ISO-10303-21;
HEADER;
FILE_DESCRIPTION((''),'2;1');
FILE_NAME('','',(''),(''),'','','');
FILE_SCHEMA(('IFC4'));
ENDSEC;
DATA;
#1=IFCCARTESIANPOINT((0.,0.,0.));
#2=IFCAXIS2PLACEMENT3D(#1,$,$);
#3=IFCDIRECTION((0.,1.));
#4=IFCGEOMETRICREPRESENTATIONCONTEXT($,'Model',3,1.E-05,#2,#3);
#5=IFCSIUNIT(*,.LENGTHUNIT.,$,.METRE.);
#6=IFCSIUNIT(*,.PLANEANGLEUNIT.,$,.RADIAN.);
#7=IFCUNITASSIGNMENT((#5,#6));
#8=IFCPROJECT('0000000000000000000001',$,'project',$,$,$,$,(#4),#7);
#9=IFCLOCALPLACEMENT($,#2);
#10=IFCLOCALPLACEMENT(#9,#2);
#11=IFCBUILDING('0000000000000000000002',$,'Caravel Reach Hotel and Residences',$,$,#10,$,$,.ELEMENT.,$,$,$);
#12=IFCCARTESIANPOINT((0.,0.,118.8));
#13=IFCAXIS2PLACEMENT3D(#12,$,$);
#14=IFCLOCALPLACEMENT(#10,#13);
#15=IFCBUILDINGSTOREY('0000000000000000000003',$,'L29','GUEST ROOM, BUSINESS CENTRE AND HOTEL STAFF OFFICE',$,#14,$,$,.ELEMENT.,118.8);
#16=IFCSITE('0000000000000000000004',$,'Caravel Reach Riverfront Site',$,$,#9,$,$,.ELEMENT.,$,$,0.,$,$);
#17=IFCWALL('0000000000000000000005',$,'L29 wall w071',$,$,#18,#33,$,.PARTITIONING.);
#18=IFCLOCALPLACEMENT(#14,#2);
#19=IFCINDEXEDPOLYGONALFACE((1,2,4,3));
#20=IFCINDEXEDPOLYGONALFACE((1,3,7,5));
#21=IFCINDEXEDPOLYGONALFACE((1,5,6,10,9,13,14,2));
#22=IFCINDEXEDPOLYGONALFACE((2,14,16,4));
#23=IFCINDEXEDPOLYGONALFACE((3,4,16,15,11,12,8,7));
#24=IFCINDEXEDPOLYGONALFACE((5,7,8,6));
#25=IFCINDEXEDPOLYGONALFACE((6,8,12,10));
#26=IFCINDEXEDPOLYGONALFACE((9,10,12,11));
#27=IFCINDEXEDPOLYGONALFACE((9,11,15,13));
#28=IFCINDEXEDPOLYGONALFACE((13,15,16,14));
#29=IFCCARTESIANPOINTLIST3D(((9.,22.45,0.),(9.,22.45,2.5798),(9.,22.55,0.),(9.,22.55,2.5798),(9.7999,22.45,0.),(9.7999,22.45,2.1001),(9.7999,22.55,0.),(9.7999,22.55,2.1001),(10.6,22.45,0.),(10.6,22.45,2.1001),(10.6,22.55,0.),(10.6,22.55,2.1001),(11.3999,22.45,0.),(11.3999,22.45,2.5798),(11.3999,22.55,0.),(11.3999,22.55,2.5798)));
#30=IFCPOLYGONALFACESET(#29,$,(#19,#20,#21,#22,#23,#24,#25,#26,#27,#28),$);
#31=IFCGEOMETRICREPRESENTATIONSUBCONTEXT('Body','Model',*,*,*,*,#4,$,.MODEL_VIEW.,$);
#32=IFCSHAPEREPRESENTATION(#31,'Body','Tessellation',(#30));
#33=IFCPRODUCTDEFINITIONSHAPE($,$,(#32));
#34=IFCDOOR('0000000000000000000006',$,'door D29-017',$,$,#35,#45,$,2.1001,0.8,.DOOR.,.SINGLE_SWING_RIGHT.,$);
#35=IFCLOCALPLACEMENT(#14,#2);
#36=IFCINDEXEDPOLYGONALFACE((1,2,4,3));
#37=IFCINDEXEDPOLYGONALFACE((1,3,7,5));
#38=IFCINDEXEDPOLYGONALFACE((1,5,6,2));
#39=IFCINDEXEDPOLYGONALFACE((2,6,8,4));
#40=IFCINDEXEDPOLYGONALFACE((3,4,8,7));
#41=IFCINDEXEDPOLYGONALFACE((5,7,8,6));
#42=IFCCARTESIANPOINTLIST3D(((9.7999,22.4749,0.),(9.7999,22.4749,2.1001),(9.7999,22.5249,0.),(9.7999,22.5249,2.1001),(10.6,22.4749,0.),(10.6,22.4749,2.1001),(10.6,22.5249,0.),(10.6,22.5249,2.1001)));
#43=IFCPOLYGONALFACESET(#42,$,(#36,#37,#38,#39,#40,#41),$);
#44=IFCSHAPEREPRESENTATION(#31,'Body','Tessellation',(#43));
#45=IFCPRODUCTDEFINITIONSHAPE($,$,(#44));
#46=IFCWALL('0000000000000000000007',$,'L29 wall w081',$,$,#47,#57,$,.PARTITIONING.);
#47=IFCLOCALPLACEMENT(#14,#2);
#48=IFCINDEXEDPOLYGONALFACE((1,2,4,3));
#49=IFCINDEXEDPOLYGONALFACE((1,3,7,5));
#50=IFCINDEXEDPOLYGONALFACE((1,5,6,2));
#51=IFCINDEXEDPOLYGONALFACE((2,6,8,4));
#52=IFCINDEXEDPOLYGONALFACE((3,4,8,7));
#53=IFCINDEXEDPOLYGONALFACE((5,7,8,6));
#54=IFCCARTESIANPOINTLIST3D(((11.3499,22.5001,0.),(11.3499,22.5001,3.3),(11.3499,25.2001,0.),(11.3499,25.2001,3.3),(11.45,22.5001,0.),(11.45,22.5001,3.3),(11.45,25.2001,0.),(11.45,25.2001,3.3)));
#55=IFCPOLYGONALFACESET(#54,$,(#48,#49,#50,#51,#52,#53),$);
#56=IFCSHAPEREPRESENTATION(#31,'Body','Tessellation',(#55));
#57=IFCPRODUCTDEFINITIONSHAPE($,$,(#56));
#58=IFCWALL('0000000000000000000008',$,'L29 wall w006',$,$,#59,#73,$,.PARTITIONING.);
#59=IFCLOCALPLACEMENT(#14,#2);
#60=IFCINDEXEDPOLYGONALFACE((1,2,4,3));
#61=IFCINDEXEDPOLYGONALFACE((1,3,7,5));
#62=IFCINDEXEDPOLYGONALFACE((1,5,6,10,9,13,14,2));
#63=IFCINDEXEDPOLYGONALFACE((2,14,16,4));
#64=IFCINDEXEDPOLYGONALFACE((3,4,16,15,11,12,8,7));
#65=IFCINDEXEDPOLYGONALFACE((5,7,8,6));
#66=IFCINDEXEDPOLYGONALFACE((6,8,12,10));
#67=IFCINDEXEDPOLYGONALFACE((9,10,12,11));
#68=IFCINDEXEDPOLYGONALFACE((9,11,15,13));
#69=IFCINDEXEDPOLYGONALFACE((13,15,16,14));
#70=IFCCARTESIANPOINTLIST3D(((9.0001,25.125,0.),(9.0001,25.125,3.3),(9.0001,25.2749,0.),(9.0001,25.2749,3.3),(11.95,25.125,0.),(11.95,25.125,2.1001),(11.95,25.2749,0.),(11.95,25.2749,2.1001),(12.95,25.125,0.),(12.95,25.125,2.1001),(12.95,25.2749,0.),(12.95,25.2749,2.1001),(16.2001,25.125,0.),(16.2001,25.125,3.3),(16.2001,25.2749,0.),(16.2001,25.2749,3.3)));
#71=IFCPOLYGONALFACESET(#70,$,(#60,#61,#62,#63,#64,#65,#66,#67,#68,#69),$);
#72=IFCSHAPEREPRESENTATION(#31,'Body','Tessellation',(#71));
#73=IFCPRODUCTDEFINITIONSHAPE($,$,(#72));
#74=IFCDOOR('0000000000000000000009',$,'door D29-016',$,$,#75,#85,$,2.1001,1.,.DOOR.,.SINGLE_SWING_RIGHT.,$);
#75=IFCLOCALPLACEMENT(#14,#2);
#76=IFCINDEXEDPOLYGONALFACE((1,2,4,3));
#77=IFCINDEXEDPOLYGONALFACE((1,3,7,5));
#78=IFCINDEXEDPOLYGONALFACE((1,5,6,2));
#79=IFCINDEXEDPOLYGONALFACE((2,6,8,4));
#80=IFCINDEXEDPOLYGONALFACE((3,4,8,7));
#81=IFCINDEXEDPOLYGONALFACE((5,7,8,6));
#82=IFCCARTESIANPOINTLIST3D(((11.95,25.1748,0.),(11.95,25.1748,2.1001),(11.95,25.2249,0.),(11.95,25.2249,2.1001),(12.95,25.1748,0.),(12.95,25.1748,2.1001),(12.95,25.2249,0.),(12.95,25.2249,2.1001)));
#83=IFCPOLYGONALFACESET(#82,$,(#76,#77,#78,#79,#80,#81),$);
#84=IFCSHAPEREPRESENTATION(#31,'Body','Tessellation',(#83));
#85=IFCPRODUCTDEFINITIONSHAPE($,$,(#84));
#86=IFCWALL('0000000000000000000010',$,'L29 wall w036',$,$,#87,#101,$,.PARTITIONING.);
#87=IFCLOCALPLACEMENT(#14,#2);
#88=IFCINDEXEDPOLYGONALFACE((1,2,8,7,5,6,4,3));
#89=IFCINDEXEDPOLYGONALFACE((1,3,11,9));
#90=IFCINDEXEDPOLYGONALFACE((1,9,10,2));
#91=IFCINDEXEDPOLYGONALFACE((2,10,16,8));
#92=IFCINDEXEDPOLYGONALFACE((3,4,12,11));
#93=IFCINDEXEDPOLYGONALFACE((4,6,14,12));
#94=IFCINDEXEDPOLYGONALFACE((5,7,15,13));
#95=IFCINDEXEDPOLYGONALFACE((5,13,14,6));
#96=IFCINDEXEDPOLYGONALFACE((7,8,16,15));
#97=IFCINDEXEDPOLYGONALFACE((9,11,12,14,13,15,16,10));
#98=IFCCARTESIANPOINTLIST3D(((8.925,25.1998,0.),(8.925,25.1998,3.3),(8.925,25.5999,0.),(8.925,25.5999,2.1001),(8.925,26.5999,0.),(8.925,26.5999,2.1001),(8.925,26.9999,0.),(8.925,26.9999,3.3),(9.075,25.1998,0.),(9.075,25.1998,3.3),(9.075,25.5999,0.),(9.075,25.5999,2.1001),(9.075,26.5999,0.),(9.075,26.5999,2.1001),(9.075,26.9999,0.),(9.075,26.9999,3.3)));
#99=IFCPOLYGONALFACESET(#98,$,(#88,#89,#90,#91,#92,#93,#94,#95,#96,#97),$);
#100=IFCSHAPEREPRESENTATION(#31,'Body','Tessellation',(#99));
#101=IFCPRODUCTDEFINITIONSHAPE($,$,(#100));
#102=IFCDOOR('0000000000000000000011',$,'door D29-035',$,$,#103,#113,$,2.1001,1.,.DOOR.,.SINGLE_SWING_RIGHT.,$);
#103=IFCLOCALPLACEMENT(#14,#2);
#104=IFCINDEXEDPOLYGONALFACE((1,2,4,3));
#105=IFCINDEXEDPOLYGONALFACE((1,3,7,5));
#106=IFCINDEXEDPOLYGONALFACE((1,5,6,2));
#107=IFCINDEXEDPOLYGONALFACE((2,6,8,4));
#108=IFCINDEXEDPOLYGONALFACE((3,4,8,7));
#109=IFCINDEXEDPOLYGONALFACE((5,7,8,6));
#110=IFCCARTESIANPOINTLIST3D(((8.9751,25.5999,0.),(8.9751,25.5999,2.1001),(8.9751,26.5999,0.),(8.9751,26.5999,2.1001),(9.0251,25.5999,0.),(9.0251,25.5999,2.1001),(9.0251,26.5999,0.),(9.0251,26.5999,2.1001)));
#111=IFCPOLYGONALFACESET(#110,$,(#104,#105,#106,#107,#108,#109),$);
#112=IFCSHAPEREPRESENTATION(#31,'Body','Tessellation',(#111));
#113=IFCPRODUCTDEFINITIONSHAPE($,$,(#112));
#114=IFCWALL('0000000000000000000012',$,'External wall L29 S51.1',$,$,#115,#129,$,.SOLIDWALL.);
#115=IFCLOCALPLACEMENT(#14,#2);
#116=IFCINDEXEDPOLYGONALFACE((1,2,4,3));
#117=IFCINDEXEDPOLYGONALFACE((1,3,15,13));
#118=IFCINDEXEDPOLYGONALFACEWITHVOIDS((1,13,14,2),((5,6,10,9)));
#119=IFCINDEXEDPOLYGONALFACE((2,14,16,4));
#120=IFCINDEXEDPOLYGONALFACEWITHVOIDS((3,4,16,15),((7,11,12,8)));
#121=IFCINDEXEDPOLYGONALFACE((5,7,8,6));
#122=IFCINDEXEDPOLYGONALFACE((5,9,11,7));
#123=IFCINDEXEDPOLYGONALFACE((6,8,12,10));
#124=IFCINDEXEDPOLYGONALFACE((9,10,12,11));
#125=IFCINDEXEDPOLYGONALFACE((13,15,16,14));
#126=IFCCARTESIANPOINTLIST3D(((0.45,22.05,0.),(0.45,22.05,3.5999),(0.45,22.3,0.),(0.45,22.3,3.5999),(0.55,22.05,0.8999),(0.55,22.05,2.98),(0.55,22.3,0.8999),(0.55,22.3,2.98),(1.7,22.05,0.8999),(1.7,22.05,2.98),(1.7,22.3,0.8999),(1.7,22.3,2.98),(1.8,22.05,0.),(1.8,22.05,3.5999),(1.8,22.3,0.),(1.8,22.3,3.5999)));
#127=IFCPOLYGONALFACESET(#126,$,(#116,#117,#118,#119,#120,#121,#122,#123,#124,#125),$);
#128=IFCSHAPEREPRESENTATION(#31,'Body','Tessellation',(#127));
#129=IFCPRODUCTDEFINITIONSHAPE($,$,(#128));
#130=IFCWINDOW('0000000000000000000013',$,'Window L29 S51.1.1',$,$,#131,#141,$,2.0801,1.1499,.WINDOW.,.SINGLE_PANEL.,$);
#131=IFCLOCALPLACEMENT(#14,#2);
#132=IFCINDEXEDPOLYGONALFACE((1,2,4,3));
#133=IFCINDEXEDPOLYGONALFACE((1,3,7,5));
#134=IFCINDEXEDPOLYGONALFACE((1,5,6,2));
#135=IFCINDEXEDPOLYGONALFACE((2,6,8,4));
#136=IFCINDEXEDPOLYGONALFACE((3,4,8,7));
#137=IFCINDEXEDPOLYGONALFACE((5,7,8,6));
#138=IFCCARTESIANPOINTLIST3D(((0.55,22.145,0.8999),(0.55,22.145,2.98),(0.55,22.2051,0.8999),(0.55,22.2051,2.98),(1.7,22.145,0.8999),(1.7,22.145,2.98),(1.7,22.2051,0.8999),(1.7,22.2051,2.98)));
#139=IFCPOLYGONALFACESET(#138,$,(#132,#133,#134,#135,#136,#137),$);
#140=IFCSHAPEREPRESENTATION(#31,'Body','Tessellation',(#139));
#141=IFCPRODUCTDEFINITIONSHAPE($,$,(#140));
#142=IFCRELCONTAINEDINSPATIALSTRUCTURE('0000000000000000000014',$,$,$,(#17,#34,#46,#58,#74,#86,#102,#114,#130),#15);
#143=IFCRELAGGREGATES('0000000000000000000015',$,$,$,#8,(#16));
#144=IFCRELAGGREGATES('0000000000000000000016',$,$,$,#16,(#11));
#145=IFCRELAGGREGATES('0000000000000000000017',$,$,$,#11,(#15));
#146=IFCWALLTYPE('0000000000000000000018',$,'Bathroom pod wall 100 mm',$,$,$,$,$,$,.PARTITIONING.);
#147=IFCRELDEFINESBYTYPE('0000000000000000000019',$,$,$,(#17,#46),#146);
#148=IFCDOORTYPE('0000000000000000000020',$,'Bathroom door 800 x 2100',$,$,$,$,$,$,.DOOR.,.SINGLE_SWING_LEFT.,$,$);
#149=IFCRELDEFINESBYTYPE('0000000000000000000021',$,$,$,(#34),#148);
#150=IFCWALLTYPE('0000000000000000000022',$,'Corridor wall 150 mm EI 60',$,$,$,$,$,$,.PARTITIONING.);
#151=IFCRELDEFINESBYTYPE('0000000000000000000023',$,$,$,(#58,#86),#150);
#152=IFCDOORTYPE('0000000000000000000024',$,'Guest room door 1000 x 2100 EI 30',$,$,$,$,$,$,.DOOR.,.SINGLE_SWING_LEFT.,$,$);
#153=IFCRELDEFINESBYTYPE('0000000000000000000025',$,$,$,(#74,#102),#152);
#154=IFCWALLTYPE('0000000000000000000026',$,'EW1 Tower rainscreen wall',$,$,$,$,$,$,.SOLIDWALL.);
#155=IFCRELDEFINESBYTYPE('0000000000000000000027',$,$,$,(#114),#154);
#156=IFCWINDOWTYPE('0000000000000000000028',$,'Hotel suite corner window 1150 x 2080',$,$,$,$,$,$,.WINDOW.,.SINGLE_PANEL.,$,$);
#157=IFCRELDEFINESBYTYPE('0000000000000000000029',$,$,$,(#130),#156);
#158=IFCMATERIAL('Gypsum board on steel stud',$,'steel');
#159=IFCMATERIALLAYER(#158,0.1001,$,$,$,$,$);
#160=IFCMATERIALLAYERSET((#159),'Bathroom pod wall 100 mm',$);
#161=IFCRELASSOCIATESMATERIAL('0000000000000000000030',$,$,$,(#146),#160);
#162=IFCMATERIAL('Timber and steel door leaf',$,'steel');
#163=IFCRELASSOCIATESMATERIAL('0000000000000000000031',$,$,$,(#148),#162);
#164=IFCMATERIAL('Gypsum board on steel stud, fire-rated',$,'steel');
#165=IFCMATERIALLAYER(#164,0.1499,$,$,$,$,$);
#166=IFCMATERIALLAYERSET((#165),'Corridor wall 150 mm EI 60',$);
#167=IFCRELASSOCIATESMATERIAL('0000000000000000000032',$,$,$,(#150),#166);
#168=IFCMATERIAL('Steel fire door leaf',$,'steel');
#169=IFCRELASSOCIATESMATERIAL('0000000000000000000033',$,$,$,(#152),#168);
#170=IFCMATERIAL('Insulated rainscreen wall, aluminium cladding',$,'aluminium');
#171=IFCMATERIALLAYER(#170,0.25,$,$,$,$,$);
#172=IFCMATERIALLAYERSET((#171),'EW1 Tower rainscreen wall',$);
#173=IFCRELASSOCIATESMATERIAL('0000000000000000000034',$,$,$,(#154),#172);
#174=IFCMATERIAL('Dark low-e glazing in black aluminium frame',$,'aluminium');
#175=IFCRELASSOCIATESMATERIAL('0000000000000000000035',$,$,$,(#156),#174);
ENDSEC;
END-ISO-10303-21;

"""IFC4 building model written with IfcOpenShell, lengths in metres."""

from ifc_helpers import new_model, si_unit, direction, frame, frame_2d, origin, place, context, subcontext, project, spatial, rectangle, extrude, material, layer, layer_set, type_object, element, fill, save


model = new_model("IFC4")

# Units and contexts
model_context = context("Model", 3, precision=1e-05, world=origin(), true_north=direction((0.0, 1.0)))
body_context = subcontext(model_context, "Body", "Model", "MODEL_VIEW")
ifc_project = project(units=[si_unit("LENGTHUNIT", "METRE"), si_unit("PLANEANGLEUNIT", "RADIAN")], contexts=[model_context])

# Site, building, storey
site_placement = place(None, origin())
site = spatial("IfcSite", under=ifc_project, at=site_placement, Name="Caravel Reach Riverfront Site", CompositionType="ELEMENT", RefElevation=0.0)
building_placement = place(site_placement, origin())
building = spatial("IfcBuilding", under=site, at=building_placement, Name="Caravel Reach Hotel and Residences", CompositionType="ELEMENT")
storey_placement = place(building_placement, frame((0.0, 0.0, 118.8)))
storey = spatial("IfcBuildingStorey", under=building, at=storey_placement, Name="L29", Description="GUEST ROOM, BUSINESS CENTRE AND HOTEL STAFF OFFICE", CompositionType="ELEMENT", Elevation=118.8)

# Wall, opening, door
ifc_material_1 = material(Name="Gypsum board on steel stud", Category="steel")
ifc_layer_1 = layer(ifc_material_1, 0.1001)
ifc_layer_set_1 = layer_set([ifc_layer_1], Name="Bathroom pod wall 100 mm")
wall_type_1 = type_object("IfcWallType", Name="Bathroom pod wall 100 mm", PredefinedType="PARTITIONING", material=ifc_layer_set_1)
wall_1_placement = place(storey_placement, frame((9.0, 22.5, 0.0), z_axis=(0.0, 0.0, 1.0), x_axis=(1.0, 0.0, 0.0)))
wall_1 = element("IfcWall", 1, at=wall_1_placement, inside=storey, type_object=wall_type_1, Name="L29 wall w071", PredefinedType="PARTITIONING", context=body_context, shape_type="SweptSolid", body=[
    extrude(rectangle(XDim=2.3999, YDim=0.1001, at=frame_2d((1.2, 0.0))), origin(), (0.0, 0.0, 1.0), 2.5798),
])
opening_1_placement = place(wall_1_placement, frame((0.8, 0.0, 0.0)))
opening_1 = element("IfcOpeningElement", 2, at=opening_1_placement, cuts=wall_1, PredefinedType="OPENING", context=body_context, shape_type="SweptSolid", body=[
    extrude(rectangle(XDim=0.8, YDim=2.1001, at=frame_2d((0.3999, 1.05))), frame((0.0, 0.0601, 0.0), z_axis=(0.0, -1.0, 0.0), x_axis=(1.0, 0.0, 0.0)), (0.0, 0.0, 1.0), 0.1201),
])
ifc_material_2 = material(Name="Timber and steel door leaf", Category="steel")
door_type_1 = type_object("IfcDoorType", Name="Bathroom door 800 x 2100", OperationType="SINGLE_SWING_LEFT", PredefinedType="DOOR", material=ifc_material_2)
door_1_placement = place(opening_1_placement, origin())
door_1 = element("IfcDoor", 3, at=door_1_placement, inside=storey, type_object=door_type_1, Name="door D29-017", OperationType="SINGLE_SWING_RIGHT", OverallHeight=2.1001, OverallWidth=0.8, PredefinedType="DOOR", context=body_context, shape_type="SweptSolid", body=[
    extrude(rectangle(XDim=0.8, YDim=2.1001, at=frame_2d((0.3999, 1.05))), frame((0.0, 0.0249, 0.0), z_axis=(0.0, -1.0, 0.0), x_axis=(1.0, 0.0, 0.0)), (0.0, 0.0, 1.0), 0.05),
])
fill(opening_1, door_1)

# Wall
wall_2_placement = place(storey_placement, frame((11.3999, 22.5, 0.0), z_axis=(0.0, 0.0, 1.0), x_axis=(0.0, 1.0, 0.0)))
element("IfcWall", 4, at=wall_2_placement, inside=storey, type_object=wall_type_1, Name="L29 wall w081", PredefinedType="PARTITIONING", context=body_context, shape_type="SweptSolid", body=[
    extrude(rectangle(XDim=2.7, YDim=0.1001, at=frame_2d((1.3501, 0.0))), origin(), (0.0, 0.0, 1.0), 3.3),
])

# Walls, openings, doors
ifc_material_3 = material(Name="Gypsum board on steel stud, fire-rated", Category="steel")
ifc_layer_2 = layer(ifc_material_3, 0.1499)
ifc_layer_set_2 = layer_set([ifc_layer_2], Name="Corridor wall 150 mm EI 60")
wall_type_2 = type_object("IfcWallType", Name="Corridor wall 150 mm EI 60", PredefinedType="PARTITIONING", material=ifc_layer_set_2)
wall_3_placement = place(storey_placement, frame((9.0, 25.2, 0.0), z_axis=(0.0, 0.0, 1.0), x_axis=(1.0, 0.0, 0.0)))
wall_3 = element("IfcWall", 5, at=wall_3_placement, inside=storey, type_object=wall_type_2, Name="L29 wall w006", PredefinedType="PARTITIONING", context=body_context, shape_type="SweptSolid", body=[
    extrude(rectangle(XDim=7.2, YDim=0.1499, at=frame_2d((3.6001, 0.0))), origin(), (0.0, 0.0, 1.0), 3.3),
])
opening_2_placement = place(wall_3_placement, frame((2.95, 0.0, 0.0)))
opening_2 = element("IfcOpeningElement", 6, at=opening_2_placement, cuts=wall_3, PredefinedType="OPENING", context=body_context, shape_type="SweptSolid", body=[
    extrude(rectangle(XDim=1.0, YDim=2.1001, at=frame_2d((0.5, 1.05))), frame((0.0, 0.085, 0.0), z_axis=(0.0, -1.0, 0.0), x_axis=(1.0, 0.0, 0.0)), (0.0, 0.0, 1.0), 0.1699),
])
ifc_material_4 = material(Name="Steel fire door leaf", Category="steel")
door_type_2 = type_object("IfcDoorType", Name="Guest room door 1000 x 2100 EI 30", OperationType="SINGLE_SWING_LEFT", PredefinedType="DOOR", material=ifc_material_4)
door_2_placement = place(opening_2_placement, origin())
door_2 = element("IfcDoor", 7, at=door_2_placement, inside=storey, type_object=door_type_2, Name="door D29-016", OperationType="SINGLE_SWING_RIGHT", OverallHeight=2.1001, OverallWidth=1.0, PredefinedType="DOOR", context=body_context, shape_type="SweptSolid", body=[
    extrude(rectangle(XDim=1.0, YDim=2.1001, at=frame_2d((0.5, 1.05))), frame((0.0, 0.0249, 0.0), z_axis=(0.0, -1.0, 0.0), x_axis=(1.0, 0.0, 0.0)), (0.0, 0.0, 1.0), 0.05),
])
fill(opening_2, door_2)
wall_4_placement = place(storey_placement, frame((9.0, 25.2, 0.0), z_axis=(0.0, 0.0, 1.0), x_axis=(0.0, 1.0, 0.0)))
wall_4 = element("IfcWall", 8, at=wall_4_placement, inside=storey, type_object=wall_type_2, Name="L29 wall w036", PredefinedType="PARTITIONING", context=body_context, shape_type="SweptSolid", body=[
    extrude(rectangle(XDim=1.8, YDim=0.1499, at=frame_2d((0.8999, 0.0))), origin(), (0.0, 0.0, 1.0), 3.3),
])
opening_3_placement = place(wall_4_placement, frame((0.3999, 0.0, 0.0)))
opening_3 = element("IfcOpeningElement", 9, at=opening_3_placement, cuts=wall_4, PredefinedType="OPENING", context=body_context, shape_type="SweptSolid", body=[
    extrude(rectangle(XDim=1.0, YDim=2.1001, at=frame_2d((0.5, 1.05))), frame((0.0, 0.085, 0.0), z_axis=(0.0, -1.0, 0.0), x_axis=(1.0, 0.0, 0.0)), (0.0, 0.0, 1.0), 0.1699),
])
door_3_placement = place(opening_3_placement, origin())
door_3 = element("IfcDoor", 10, at=door_3_placement, inside=storey, type_object=door_type_2, Name="door D29-035", OperationType="SINGLE_SWING_RIGHT", OverallHeight=2.1001, OverallWidth=1.0, PredefinedType="DOOR", context=body_context, shape_type="SweptSolid", body=[
    extrude(rectangle(XDim=1.0, YDim=2.1001, at=frame_2d((0.5, 1.05))), frame((0.0, 0.0249, 0.0), z_axis=(0.0, -1.0, 0.0), x_axis=(1.0, 0.0, 0.0)), (0.0, 0.0, 1.0), 0.05),
])
fill(opening_3, door_3)

# Wall, opening, window
ifc_material_5 = material(Name="Insulated rainscreen wall, aluminium cladding", Category="aluminium")
ifc_layer_3 = layer(ifc_material_5, 0.25)
ifc_layer_set_3 = layer_set([ifc_layer_3], Name="EW1 Tower rainscreen wall")
wall_type_3 = type_object("IfcWallType", Name="EW1 Tower rainscreen wall", PredefinedType="SOLIDWALL", material=ifc_layer_set_3)
wall_5_placement = place(storey_placement, frame((0.45, 22.175, 0.0), z_axis=(0.0, 0.0, 1.0), x_axis=(1.0, 0.0, 0.0)))
wall_5 = element("IfcWall", 11, at=wall_5_placement, inside=storey, type_object=wall_type_3, Name="External wall L29 S51.1", PredefinedType="SOLIDWALL", context=body_context, shape_type="SweptSolid", body=[
    extrude(rectangle(XDim=1.3501, YDim=0.25, at=frame_2d((0.675, 0.0))), origin(), (0.0, 0.0, 1.0), 3.5999),
])
opening_4_placement = place(wall_5_placement, frame((0.1001, 0.0, 0.8999)))
opening_4 = element("IfcOpeningElement", 12, at=opening_4_placement, cuts=wall_5, PredefinedType="OPENING", context=body_context, shape_type="SweptSolid", body=[
    extrude(rectangle(XDim=1.1499, YDim=2.0801, at=frame_2d((0.575, 1.04))), frame((0.0, 0.135, 0.0), z_axis=(0.0, -1.0, 0.0), x_axis=(1.0, 0.0, 0.0)), (0.0, 0.0, 1.0), 0.27),
])
ifc_material_6 = material(Name="Dark low-e glazing in black aluminium frame", Category="aluminium")
window_type = type_object("IfcWindowType", Name="Hotel suite corner window 1150 x 2080", PartitioningType="SINGLE_PANEL", PredefinedType="WINDOW", material=ifc_material_6)
window_1_placement = place(opening_4_placement, origin())
window_1 = element("IfcWindow", 13, at=window_1_placement, inside=storey, type_object=window_type, Name="Window L29 S51.1.1", OverallHeight=2.0801, OverallWidth=1.1499, PartitioningType="SINGLE_PANEL", PredefinedType="WINDOW", context=body_context, shape_type="SweptSolid", body=[
    extrude(rectangle(XDim=1.1499, YDim=2.0801, at=frame_2d((0.575, 1.04))), frame((0.0, 0.03, 0.0), z_axis=(0.0, -1.0, 0.0), x_axis=(1.0, 0.0, 0.0)), (0.0, 0.0, 1.0), 0.0601),
])
fill(opening_4, window_1)

save(model, "model.ifc")
